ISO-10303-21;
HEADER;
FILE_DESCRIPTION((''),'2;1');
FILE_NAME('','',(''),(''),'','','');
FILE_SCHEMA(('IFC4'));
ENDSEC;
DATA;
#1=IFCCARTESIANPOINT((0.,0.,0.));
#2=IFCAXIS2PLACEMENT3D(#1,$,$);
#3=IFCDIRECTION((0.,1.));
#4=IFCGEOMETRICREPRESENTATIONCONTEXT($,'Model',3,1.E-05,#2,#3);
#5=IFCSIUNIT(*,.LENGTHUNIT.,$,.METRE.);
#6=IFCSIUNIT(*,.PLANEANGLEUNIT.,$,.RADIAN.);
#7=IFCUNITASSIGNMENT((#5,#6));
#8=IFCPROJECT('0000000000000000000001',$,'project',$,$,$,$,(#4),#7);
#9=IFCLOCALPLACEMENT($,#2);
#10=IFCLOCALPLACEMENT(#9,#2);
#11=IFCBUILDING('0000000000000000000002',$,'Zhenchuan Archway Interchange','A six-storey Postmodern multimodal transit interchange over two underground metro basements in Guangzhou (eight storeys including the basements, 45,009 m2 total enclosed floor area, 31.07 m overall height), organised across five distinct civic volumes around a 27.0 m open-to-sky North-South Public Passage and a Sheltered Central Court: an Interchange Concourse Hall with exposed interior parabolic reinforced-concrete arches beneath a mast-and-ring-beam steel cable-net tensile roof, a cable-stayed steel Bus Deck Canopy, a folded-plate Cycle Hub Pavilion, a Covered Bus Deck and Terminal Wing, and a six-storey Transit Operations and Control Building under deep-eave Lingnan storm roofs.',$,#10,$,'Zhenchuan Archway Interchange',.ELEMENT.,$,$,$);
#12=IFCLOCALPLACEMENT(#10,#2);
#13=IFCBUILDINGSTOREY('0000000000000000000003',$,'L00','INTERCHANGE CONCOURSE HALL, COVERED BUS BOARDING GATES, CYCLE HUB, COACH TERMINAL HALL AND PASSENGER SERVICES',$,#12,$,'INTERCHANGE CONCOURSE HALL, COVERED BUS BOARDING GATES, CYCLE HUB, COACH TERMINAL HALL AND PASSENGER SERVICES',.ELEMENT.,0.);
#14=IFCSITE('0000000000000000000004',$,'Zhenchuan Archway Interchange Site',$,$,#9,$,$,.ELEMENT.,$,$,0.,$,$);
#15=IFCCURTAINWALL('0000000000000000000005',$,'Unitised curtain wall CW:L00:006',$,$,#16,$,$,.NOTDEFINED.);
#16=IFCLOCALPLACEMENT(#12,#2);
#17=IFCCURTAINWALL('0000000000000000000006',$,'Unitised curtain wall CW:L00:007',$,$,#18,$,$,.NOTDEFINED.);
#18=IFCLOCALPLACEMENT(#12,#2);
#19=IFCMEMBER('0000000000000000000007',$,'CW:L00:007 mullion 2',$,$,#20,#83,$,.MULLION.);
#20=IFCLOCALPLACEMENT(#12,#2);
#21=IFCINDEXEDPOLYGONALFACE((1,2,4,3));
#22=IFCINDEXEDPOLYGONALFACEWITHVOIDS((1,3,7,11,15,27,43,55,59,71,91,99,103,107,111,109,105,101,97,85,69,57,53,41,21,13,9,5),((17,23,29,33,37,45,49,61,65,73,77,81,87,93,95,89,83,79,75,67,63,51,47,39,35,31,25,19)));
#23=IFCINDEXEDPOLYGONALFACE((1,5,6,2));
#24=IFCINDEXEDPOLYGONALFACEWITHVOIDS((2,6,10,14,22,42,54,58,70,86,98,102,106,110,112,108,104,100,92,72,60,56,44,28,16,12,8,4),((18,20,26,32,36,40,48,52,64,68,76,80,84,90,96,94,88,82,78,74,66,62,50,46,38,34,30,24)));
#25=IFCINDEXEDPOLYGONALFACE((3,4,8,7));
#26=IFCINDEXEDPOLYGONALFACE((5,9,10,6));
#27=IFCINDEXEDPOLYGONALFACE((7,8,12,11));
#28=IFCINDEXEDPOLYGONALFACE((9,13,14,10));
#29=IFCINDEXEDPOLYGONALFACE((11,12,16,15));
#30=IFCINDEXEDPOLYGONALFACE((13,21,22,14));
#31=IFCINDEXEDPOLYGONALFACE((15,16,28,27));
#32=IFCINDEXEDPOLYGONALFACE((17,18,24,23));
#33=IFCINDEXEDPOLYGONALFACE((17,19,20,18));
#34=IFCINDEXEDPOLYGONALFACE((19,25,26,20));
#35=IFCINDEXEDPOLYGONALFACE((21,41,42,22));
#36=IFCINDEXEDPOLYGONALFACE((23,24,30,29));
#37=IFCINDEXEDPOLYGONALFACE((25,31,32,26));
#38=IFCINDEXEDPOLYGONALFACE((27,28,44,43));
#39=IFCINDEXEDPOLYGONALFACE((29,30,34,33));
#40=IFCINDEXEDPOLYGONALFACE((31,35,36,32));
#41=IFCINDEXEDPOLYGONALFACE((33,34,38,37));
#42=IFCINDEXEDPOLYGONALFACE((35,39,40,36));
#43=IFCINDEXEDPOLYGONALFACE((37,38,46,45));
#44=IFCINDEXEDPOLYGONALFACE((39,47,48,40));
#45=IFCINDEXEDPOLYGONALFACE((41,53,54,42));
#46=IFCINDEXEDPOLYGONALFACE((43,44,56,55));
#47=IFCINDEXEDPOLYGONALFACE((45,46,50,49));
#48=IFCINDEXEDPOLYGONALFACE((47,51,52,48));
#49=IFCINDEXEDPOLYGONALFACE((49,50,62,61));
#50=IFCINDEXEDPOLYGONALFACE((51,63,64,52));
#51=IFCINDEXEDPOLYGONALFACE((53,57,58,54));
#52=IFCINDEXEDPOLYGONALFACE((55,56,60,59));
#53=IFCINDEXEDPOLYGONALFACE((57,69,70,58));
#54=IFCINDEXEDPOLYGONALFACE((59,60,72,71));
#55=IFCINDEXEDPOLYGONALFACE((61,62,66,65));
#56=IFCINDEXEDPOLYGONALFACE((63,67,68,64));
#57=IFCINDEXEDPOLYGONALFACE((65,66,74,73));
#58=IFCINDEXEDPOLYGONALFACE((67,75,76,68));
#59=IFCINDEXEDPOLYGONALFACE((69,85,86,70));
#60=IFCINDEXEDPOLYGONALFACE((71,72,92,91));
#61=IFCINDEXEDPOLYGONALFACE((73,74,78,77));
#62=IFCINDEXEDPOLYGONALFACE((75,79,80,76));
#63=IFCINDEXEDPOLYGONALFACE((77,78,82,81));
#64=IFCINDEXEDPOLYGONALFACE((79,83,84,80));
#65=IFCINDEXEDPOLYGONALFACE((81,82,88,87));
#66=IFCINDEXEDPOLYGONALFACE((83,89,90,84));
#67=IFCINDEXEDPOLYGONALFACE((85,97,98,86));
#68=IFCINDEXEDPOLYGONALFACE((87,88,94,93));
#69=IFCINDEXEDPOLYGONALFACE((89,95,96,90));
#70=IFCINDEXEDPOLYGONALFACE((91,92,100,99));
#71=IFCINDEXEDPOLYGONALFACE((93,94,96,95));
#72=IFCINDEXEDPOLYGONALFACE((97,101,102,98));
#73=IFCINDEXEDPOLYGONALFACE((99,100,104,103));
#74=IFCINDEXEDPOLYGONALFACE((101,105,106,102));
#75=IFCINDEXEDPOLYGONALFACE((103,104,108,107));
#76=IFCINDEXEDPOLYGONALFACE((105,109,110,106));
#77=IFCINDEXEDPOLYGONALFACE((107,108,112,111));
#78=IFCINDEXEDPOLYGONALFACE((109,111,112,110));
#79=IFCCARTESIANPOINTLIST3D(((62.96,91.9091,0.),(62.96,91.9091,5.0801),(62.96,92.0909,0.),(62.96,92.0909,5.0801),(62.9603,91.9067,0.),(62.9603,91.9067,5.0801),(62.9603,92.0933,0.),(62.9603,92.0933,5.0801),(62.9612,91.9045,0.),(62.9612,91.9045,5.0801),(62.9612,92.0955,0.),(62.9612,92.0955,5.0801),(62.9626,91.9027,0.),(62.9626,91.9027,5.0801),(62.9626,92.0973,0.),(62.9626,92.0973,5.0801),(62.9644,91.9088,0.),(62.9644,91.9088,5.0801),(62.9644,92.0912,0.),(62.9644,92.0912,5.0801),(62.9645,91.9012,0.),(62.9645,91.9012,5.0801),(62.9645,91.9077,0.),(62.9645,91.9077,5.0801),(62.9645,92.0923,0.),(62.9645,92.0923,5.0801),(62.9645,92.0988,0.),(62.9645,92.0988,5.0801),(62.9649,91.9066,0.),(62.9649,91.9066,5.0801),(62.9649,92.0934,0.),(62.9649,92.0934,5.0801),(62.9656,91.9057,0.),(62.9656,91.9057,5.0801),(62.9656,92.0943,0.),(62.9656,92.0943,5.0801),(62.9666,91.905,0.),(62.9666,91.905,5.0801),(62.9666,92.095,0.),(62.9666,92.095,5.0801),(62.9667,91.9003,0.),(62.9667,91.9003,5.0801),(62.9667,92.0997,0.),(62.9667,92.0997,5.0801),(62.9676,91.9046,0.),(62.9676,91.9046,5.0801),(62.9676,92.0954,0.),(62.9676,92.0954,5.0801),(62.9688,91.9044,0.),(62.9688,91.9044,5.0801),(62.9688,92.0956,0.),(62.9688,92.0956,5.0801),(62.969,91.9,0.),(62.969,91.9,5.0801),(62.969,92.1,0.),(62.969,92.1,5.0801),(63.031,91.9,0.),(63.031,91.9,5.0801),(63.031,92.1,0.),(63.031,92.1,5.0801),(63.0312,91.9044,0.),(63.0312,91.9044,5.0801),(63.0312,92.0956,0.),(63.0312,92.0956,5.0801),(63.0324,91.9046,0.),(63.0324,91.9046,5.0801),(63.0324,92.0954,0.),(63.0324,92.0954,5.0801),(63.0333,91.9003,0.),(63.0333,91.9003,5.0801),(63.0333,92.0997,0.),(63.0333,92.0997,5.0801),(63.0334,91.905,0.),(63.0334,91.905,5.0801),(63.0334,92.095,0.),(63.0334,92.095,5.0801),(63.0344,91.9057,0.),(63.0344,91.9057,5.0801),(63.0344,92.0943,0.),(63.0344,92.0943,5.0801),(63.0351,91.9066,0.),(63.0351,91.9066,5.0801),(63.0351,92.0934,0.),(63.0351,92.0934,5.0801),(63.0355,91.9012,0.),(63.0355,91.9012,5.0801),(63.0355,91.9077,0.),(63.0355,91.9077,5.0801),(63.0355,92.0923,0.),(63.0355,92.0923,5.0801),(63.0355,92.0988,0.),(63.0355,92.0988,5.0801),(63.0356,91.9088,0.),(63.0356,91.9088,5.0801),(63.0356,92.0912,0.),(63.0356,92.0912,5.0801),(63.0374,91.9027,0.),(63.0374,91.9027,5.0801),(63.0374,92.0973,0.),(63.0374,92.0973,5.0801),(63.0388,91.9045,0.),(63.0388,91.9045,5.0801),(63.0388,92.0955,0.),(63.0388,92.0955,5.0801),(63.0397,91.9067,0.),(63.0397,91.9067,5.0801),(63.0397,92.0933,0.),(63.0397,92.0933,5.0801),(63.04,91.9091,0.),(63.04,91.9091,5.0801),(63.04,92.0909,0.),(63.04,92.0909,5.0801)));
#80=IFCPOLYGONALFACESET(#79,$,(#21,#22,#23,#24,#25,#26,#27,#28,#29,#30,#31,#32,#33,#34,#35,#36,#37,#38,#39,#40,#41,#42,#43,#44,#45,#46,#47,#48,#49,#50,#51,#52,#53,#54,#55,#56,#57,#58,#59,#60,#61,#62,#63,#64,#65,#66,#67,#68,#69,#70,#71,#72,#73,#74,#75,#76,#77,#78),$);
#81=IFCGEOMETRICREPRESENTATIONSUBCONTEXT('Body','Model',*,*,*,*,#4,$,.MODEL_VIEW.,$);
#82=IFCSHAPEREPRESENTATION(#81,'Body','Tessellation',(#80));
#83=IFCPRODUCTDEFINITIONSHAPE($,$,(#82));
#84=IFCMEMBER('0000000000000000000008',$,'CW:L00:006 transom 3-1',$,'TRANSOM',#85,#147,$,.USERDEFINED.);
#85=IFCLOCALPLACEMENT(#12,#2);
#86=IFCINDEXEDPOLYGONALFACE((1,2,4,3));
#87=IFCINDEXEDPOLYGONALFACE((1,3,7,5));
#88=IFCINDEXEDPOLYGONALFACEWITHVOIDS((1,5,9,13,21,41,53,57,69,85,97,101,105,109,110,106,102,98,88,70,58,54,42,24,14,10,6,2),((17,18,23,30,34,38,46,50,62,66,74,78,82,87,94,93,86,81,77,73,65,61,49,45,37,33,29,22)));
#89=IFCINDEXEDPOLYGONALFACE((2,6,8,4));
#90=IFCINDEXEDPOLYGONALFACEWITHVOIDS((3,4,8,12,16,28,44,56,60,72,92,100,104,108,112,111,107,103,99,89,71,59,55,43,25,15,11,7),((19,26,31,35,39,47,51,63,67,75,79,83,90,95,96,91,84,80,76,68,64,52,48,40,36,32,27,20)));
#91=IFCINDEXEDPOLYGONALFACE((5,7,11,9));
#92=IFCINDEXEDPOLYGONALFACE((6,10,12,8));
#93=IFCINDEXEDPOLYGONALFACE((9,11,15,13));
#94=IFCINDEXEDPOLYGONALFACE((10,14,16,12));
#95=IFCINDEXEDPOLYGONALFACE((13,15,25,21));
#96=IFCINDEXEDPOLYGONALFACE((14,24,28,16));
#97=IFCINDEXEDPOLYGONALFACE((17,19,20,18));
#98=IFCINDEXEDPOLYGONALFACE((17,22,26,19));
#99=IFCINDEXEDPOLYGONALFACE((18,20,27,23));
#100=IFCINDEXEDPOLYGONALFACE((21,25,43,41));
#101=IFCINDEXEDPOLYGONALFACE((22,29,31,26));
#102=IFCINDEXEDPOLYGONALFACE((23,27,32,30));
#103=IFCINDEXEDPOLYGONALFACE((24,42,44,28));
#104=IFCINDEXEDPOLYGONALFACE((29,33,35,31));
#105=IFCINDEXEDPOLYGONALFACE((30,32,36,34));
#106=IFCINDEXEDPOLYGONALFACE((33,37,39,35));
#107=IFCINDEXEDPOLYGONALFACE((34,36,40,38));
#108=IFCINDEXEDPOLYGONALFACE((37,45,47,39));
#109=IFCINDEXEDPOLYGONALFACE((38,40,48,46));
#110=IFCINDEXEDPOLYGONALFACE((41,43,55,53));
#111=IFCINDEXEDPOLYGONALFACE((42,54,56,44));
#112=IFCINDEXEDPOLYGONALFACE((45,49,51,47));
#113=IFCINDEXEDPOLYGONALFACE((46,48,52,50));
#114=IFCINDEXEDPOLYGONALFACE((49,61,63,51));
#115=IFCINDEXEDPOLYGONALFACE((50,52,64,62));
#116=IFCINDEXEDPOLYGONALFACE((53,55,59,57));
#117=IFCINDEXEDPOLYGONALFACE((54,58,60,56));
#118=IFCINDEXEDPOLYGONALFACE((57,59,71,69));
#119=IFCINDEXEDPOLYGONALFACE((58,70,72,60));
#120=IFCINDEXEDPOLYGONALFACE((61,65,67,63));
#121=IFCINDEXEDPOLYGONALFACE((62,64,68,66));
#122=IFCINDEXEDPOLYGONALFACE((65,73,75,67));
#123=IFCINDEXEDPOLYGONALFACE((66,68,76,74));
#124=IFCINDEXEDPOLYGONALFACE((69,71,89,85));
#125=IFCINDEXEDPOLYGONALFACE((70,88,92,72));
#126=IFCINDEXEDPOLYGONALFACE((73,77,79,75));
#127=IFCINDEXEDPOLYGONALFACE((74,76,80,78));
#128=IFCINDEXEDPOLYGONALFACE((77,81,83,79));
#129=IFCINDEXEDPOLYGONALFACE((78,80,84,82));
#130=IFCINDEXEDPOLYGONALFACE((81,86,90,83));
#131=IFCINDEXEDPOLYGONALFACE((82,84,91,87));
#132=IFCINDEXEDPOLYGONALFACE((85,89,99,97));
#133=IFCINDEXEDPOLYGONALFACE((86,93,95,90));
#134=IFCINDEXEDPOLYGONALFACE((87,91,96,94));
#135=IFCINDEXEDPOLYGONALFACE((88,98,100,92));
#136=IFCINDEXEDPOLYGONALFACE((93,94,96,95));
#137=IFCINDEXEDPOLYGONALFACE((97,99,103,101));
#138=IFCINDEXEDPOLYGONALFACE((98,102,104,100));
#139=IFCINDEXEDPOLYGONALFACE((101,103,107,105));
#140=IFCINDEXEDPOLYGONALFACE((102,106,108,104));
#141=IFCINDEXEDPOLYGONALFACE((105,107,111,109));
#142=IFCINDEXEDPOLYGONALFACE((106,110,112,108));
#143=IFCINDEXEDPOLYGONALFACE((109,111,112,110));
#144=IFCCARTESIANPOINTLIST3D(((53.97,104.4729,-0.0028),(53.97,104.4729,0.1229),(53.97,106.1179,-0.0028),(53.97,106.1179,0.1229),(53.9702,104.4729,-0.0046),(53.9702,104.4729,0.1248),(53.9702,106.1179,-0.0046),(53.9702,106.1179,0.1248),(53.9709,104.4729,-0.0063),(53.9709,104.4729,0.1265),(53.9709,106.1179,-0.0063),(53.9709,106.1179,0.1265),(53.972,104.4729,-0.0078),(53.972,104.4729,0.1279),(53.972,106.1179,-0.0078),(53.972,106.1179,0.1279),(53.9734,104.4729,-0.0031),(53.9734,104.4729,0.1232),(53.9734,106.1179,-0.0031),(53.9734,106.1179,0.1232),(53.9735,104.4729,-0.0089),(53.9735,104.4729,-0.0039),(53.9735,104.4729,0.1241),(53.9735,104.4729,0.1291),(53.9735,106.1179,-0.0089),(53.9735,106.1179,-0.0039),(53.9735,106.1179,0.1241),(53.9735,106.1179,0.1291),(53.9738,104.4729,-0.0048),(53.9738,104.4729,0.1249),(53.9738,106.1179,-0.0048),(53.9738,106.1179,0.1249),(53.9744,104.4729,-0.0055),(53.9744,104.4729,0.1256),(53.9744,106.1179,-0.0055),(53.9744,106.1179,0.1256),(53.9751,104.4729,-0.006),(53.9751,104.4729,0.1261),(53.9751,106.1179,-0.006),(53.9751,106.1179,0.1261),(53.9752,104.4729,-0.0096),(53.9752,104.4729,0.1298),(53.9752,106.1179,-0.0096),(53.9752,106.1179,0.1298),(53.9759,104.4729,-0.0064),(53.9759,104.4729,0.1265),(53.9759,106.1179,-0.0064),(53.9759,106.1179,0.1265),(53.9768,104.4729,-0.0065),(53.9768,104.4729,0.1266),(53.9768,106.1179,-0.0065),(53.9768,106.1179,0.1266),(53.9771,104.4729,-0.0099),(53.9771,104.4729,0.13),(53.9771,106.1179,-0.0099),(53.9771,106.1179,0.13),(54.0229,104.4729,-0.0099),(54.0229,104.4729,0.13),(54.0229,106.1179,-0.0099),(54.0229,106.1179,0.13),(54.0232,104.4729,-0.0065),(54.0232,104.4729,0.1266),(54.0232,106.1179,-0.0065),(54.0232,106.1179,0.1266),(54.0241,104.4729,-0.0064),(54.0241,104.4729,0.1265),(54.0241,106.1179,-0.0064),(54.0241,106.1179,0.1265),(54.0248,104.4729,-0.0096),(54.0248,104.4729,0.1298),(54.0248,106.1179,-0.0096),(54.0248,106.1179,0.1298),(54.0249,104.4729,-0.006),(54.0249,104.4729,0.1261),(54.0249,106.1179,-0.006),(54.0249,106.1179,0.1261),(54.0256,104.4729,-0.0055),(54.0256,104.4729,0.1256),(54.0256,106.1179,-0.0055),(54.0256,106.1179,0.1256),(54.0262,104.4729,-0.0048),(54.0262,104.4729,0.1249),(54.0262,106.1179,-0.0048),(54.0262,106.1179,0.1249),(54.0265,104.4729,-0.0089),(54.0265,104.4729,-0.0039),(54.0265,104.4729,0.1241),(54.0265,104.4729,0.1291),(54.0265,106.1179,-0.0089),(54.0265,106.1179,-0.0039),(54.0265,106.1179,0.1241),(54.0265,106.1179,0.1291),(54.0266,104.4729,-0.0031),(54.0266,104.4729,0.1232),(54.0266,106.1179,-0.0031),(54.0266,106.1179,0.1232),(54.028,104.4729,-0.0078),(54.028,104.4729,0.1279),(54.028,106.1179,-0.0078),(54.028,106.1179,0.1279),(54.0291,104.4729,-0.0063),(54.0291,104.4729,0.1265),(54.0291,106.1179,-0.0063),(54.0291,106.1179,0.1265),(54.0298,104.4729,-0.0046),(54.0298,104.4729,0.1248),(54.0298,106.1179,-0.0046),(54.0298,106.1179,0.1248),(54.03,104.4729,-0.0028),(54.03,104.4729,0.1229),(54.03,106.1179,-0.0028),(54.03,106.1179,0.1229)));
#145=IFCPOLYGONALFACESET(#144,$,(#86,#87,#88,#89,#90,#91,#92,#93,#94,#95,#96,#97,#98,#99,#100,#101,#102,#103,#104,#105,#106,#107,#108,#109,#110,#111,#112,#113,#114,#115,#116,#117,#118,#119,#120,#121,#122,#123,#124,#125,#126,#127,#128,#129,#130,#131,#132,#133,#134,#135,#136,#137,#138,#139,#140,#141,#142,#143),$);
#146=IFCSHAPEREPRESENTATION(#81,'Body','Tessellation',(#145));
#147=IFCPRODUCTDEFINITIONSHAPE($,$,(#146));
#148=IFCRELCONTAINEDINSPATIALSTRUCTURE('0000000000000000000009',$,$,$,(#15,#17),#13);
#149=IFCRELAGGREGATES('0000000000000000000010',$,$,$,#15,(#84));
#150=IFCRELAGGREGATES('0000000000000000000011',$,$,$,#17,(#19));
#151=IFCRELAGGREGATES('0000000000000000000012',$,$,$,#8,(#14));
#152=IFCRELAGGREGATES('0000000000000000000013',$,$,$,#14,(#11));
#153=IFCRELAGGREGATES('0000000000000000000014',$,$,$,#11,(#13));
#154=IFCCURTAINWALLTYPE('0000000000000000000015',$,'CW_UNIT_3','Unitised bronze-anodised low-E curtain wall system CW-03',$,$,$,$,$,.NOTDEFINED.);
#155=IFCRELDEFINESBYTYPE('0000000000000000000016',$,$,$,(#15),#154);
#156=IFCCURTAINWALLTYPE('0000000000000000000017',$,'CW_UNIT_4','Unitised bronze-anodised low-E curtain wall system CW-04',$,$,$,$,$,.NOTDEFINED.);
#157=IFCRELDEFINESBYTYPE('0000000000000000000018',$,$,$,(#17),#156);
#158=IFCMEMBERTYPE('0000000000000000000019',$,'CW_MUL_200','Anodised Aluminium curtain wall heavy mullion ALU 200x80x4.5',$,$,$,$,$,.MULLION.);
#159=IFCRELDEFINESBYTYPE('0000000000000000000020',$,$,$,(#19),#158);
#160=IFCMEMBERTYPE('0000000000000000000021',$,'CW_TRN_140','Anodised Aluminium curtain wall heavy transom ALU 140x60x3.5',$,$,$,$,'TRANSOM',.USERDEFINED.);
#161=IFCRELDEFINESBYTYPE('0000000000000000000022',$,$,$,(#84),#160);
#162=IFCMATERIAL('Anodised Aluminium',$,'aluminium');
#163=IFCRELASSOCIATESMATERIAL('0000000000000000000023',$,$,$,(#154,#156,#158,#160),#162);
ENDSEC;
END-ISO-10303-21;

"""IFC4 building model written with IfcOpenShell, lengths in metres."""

from ifc_helpers import new_model, si_unit, direction, frame, origin, origin_2d, place, context, subcontext, project, spatial, hollow_rectangle, extrude, material, material_profile, profile_set, type_object, element, aggregate, save


model = new_model("IFC4")

# Units and contexts
model_context = context("Model", 3, precision=1e-05, world=origin(), true_north=direction((0.0, 1.0)))
body_context = subcontext(model_context, "Body", "Model", "MODEL_VIEW")
ifc_project = project(units=[si_unit("LENGTHUNIT", "METRE"), si_unit("PLANEANGLEUNIT", "RADIAN")], contexts=[model_context])

# Site, building, storey
site_placement = place(None, origin())
site = spatial("IfcSite", under=ifc_project, at=site_placement, Name="Zhenchuan Archway Interchange Site", CompositionType="ELEMENT", RefElevation=0.0)
building_placement = place(site_placement, origin())
building = spatial("IfcBuilding", under=site, at=building_placement, Name="Zhenchuan Archway Interchange", Description="A six-storey Postmodern multimodal transit interchange over two underground metro basements in Guangzhou (eight storeys including the basements, 45,009 m2 total enclosed floor area, 31.07 m overall height), organised across five distinct civic volumes around a 27.0 m open-to-sky North-South Public Passage and a Sheltered Central Court: an Interchange Concourse Hall with exposed interior parabolic reinforced-concrete arches beneath a mast-and-ring-beam steel cable-net tensile roof, a cable-stayed steel Bus Deck Canopy, a folded-plate Cycle Hub Pavilion, a Covered Bus Deck and Terminal Wing, and a six-storey Transit Operations and Control Building under deep-eave Lingnan storm roofs.", LongName="Zhenchuan Archway Interchange", CompositionType="ELEMENT")
storey_placement = place(building_placement, origin())
storey = spatial("IfcBuildingStorey", under=building, at=storey_placement, Name="L00", Description="INTERCHANGE CONCOURSE HALL, COVERED BUS BOARDING GATES, CYCLE HUB, COACH TERMINAL HALL AND PASSENGER SERVICES", LongName="INTERCHANGE CONCOURSE HALL, COVERED BUS BOARDING GATES, CYCLE HUB, COACH TERMINAL HALL AND PASSENGER SERVICES", CompositionType="ELEMENT", Elevation=0.0)

# Curtain wall
ifc_material_1 = material(Name="Anodised Aluminium", Category="aluminium")
curtain_wall_type_1 = type_object("IfcCurtainWallType", Name="CW_UNIT_3", Description="Unitised bronze-anodised low-E curtain wall system CW-03", PredefinedType="NOTDEFINED", material=ifc_material_1)
curtain_wall_1_placement = place(storey_placement, origin())
curtain_wall_1 = element("IfcCurtainWall", 1, at=curtain_wall_1_placement, inside=storey, type_object=curtain_wall_type_1, Name="Unitised curtain wall CW:L00:006", PredefinedType="NOTDEFINED")
ifc_material_profile_1 = material_profile(ifc_material_1, hollow_rectangle(XDim=0.0801, YDim=0.2, WallThickness=0.0044, InnerFilletRadius=0.0044, OuterFilletRadius=0.009, at=origin_2d()), Name="ALU 200x80x4.5")
ifc_profile_set_1 = profile_set([ifc_material_profile_1], Name="Anodised Aluminium")
member_type_1 = type_object("IfcMemberType", Name="CW_MUL_200", Description="Anodised Aluminium curtain wall heavy mullion ALU 200x80x4.5", PredefinedType="MULLION", material=ifc_profile_set_1)

# Curtain wall, member
curtain_wall_type_2 = type_object("IfcCurtainWallType", Name="CW_UNIT_4", Description="Unitised bronze-anodised low-E curtain wall system CW-04", PredefinedType="NOTDEFINED", material=ifc_material_1)
curtain_wall_2_placement = place(storey_placement, origin())
curtain_wall_2 = element("IfcCurtainWall", 2, at=curtain_wall_2_placement, inside=storey, type_object=curtain_wall_type_2, Name="Unitised curtain wall CW:L00:007", PredefinedType="NOTDEFINED")
member_1_placement = place(storey_placement, frame((63.0, 92.0, 0.0), z_axis=(0.0, 0.0, 1.0), x_axis=(1.0, 0.0, 0.0)))
member_1 = element("IfcMember", 3, at=member_1_placement, type_object=member_type_1, Name="CW:L00:007 mullion 2", PredefinedType="MULLION", context=body_context, shape_type="SweptSolid", body=[
    extrude(hollow_rectangle(XDim=0.0801, YDim=0.2, WallThickness=0.0044, InnerFilletRadius=0.0044, OuterFilletRadius=0.009, at=origin_2d()), origin(), (0.0, 0.0, 1.0), 5.0801),
])

# Member
ifc_material_profile_2 = material_profile(ifc_material_1, hollow_rectangle(XDim=0.0601, YDim=0.1399, WallThickness=0.0034, InnerFilletRadius=0.0034, OuterFilletRadius=0.0071, at=origin_2d()), Name="ALU 140x60x3.5")
ifc_profile_set_2 = profile_set([ifc_material_profile_2], Name="Anodised Aluminium")
member_type_2 = type_object("IfcMemberType", Name="CW_TRN_140", Description="Anodised Aluminium curtain wall heavy transom ALU 140x60x3.5", ElementType="TRANSOM", PredefinedType="USERDEFINED", material=ifc_profile_set_2)
member_2_placement = place(storey_placement, frame((54.0, 106.1179, 0.0601), z_axis=(0.0, -1.0, 0.0), x_axis=(1.0, 0.0, 0.0)))
member_2 = element("IfcMember", 4, at=member_2_placement, type_object=member_type_2, Name="CW:L00:006 transom 3-1", ObjectType="TRANSOM", PredefinedType="USERDEFINED", context=body_context, shape_type="SweptSolid", body=[
    extrude(hollow_rectangle(XDim=0.0601, YDim=0.1399, WallThickness=0.0034, InnerFilletRadius=0.0034, OuterFilletRadius=0.0071, at=origin_2d()), origin(), (0.0, 0.0, 1.0), 1.645),
])

aggregate(curtain_wall_1, [member_2])
aggregate(curtain_wall_2, [member_1])

save(model, "model.ifc")
